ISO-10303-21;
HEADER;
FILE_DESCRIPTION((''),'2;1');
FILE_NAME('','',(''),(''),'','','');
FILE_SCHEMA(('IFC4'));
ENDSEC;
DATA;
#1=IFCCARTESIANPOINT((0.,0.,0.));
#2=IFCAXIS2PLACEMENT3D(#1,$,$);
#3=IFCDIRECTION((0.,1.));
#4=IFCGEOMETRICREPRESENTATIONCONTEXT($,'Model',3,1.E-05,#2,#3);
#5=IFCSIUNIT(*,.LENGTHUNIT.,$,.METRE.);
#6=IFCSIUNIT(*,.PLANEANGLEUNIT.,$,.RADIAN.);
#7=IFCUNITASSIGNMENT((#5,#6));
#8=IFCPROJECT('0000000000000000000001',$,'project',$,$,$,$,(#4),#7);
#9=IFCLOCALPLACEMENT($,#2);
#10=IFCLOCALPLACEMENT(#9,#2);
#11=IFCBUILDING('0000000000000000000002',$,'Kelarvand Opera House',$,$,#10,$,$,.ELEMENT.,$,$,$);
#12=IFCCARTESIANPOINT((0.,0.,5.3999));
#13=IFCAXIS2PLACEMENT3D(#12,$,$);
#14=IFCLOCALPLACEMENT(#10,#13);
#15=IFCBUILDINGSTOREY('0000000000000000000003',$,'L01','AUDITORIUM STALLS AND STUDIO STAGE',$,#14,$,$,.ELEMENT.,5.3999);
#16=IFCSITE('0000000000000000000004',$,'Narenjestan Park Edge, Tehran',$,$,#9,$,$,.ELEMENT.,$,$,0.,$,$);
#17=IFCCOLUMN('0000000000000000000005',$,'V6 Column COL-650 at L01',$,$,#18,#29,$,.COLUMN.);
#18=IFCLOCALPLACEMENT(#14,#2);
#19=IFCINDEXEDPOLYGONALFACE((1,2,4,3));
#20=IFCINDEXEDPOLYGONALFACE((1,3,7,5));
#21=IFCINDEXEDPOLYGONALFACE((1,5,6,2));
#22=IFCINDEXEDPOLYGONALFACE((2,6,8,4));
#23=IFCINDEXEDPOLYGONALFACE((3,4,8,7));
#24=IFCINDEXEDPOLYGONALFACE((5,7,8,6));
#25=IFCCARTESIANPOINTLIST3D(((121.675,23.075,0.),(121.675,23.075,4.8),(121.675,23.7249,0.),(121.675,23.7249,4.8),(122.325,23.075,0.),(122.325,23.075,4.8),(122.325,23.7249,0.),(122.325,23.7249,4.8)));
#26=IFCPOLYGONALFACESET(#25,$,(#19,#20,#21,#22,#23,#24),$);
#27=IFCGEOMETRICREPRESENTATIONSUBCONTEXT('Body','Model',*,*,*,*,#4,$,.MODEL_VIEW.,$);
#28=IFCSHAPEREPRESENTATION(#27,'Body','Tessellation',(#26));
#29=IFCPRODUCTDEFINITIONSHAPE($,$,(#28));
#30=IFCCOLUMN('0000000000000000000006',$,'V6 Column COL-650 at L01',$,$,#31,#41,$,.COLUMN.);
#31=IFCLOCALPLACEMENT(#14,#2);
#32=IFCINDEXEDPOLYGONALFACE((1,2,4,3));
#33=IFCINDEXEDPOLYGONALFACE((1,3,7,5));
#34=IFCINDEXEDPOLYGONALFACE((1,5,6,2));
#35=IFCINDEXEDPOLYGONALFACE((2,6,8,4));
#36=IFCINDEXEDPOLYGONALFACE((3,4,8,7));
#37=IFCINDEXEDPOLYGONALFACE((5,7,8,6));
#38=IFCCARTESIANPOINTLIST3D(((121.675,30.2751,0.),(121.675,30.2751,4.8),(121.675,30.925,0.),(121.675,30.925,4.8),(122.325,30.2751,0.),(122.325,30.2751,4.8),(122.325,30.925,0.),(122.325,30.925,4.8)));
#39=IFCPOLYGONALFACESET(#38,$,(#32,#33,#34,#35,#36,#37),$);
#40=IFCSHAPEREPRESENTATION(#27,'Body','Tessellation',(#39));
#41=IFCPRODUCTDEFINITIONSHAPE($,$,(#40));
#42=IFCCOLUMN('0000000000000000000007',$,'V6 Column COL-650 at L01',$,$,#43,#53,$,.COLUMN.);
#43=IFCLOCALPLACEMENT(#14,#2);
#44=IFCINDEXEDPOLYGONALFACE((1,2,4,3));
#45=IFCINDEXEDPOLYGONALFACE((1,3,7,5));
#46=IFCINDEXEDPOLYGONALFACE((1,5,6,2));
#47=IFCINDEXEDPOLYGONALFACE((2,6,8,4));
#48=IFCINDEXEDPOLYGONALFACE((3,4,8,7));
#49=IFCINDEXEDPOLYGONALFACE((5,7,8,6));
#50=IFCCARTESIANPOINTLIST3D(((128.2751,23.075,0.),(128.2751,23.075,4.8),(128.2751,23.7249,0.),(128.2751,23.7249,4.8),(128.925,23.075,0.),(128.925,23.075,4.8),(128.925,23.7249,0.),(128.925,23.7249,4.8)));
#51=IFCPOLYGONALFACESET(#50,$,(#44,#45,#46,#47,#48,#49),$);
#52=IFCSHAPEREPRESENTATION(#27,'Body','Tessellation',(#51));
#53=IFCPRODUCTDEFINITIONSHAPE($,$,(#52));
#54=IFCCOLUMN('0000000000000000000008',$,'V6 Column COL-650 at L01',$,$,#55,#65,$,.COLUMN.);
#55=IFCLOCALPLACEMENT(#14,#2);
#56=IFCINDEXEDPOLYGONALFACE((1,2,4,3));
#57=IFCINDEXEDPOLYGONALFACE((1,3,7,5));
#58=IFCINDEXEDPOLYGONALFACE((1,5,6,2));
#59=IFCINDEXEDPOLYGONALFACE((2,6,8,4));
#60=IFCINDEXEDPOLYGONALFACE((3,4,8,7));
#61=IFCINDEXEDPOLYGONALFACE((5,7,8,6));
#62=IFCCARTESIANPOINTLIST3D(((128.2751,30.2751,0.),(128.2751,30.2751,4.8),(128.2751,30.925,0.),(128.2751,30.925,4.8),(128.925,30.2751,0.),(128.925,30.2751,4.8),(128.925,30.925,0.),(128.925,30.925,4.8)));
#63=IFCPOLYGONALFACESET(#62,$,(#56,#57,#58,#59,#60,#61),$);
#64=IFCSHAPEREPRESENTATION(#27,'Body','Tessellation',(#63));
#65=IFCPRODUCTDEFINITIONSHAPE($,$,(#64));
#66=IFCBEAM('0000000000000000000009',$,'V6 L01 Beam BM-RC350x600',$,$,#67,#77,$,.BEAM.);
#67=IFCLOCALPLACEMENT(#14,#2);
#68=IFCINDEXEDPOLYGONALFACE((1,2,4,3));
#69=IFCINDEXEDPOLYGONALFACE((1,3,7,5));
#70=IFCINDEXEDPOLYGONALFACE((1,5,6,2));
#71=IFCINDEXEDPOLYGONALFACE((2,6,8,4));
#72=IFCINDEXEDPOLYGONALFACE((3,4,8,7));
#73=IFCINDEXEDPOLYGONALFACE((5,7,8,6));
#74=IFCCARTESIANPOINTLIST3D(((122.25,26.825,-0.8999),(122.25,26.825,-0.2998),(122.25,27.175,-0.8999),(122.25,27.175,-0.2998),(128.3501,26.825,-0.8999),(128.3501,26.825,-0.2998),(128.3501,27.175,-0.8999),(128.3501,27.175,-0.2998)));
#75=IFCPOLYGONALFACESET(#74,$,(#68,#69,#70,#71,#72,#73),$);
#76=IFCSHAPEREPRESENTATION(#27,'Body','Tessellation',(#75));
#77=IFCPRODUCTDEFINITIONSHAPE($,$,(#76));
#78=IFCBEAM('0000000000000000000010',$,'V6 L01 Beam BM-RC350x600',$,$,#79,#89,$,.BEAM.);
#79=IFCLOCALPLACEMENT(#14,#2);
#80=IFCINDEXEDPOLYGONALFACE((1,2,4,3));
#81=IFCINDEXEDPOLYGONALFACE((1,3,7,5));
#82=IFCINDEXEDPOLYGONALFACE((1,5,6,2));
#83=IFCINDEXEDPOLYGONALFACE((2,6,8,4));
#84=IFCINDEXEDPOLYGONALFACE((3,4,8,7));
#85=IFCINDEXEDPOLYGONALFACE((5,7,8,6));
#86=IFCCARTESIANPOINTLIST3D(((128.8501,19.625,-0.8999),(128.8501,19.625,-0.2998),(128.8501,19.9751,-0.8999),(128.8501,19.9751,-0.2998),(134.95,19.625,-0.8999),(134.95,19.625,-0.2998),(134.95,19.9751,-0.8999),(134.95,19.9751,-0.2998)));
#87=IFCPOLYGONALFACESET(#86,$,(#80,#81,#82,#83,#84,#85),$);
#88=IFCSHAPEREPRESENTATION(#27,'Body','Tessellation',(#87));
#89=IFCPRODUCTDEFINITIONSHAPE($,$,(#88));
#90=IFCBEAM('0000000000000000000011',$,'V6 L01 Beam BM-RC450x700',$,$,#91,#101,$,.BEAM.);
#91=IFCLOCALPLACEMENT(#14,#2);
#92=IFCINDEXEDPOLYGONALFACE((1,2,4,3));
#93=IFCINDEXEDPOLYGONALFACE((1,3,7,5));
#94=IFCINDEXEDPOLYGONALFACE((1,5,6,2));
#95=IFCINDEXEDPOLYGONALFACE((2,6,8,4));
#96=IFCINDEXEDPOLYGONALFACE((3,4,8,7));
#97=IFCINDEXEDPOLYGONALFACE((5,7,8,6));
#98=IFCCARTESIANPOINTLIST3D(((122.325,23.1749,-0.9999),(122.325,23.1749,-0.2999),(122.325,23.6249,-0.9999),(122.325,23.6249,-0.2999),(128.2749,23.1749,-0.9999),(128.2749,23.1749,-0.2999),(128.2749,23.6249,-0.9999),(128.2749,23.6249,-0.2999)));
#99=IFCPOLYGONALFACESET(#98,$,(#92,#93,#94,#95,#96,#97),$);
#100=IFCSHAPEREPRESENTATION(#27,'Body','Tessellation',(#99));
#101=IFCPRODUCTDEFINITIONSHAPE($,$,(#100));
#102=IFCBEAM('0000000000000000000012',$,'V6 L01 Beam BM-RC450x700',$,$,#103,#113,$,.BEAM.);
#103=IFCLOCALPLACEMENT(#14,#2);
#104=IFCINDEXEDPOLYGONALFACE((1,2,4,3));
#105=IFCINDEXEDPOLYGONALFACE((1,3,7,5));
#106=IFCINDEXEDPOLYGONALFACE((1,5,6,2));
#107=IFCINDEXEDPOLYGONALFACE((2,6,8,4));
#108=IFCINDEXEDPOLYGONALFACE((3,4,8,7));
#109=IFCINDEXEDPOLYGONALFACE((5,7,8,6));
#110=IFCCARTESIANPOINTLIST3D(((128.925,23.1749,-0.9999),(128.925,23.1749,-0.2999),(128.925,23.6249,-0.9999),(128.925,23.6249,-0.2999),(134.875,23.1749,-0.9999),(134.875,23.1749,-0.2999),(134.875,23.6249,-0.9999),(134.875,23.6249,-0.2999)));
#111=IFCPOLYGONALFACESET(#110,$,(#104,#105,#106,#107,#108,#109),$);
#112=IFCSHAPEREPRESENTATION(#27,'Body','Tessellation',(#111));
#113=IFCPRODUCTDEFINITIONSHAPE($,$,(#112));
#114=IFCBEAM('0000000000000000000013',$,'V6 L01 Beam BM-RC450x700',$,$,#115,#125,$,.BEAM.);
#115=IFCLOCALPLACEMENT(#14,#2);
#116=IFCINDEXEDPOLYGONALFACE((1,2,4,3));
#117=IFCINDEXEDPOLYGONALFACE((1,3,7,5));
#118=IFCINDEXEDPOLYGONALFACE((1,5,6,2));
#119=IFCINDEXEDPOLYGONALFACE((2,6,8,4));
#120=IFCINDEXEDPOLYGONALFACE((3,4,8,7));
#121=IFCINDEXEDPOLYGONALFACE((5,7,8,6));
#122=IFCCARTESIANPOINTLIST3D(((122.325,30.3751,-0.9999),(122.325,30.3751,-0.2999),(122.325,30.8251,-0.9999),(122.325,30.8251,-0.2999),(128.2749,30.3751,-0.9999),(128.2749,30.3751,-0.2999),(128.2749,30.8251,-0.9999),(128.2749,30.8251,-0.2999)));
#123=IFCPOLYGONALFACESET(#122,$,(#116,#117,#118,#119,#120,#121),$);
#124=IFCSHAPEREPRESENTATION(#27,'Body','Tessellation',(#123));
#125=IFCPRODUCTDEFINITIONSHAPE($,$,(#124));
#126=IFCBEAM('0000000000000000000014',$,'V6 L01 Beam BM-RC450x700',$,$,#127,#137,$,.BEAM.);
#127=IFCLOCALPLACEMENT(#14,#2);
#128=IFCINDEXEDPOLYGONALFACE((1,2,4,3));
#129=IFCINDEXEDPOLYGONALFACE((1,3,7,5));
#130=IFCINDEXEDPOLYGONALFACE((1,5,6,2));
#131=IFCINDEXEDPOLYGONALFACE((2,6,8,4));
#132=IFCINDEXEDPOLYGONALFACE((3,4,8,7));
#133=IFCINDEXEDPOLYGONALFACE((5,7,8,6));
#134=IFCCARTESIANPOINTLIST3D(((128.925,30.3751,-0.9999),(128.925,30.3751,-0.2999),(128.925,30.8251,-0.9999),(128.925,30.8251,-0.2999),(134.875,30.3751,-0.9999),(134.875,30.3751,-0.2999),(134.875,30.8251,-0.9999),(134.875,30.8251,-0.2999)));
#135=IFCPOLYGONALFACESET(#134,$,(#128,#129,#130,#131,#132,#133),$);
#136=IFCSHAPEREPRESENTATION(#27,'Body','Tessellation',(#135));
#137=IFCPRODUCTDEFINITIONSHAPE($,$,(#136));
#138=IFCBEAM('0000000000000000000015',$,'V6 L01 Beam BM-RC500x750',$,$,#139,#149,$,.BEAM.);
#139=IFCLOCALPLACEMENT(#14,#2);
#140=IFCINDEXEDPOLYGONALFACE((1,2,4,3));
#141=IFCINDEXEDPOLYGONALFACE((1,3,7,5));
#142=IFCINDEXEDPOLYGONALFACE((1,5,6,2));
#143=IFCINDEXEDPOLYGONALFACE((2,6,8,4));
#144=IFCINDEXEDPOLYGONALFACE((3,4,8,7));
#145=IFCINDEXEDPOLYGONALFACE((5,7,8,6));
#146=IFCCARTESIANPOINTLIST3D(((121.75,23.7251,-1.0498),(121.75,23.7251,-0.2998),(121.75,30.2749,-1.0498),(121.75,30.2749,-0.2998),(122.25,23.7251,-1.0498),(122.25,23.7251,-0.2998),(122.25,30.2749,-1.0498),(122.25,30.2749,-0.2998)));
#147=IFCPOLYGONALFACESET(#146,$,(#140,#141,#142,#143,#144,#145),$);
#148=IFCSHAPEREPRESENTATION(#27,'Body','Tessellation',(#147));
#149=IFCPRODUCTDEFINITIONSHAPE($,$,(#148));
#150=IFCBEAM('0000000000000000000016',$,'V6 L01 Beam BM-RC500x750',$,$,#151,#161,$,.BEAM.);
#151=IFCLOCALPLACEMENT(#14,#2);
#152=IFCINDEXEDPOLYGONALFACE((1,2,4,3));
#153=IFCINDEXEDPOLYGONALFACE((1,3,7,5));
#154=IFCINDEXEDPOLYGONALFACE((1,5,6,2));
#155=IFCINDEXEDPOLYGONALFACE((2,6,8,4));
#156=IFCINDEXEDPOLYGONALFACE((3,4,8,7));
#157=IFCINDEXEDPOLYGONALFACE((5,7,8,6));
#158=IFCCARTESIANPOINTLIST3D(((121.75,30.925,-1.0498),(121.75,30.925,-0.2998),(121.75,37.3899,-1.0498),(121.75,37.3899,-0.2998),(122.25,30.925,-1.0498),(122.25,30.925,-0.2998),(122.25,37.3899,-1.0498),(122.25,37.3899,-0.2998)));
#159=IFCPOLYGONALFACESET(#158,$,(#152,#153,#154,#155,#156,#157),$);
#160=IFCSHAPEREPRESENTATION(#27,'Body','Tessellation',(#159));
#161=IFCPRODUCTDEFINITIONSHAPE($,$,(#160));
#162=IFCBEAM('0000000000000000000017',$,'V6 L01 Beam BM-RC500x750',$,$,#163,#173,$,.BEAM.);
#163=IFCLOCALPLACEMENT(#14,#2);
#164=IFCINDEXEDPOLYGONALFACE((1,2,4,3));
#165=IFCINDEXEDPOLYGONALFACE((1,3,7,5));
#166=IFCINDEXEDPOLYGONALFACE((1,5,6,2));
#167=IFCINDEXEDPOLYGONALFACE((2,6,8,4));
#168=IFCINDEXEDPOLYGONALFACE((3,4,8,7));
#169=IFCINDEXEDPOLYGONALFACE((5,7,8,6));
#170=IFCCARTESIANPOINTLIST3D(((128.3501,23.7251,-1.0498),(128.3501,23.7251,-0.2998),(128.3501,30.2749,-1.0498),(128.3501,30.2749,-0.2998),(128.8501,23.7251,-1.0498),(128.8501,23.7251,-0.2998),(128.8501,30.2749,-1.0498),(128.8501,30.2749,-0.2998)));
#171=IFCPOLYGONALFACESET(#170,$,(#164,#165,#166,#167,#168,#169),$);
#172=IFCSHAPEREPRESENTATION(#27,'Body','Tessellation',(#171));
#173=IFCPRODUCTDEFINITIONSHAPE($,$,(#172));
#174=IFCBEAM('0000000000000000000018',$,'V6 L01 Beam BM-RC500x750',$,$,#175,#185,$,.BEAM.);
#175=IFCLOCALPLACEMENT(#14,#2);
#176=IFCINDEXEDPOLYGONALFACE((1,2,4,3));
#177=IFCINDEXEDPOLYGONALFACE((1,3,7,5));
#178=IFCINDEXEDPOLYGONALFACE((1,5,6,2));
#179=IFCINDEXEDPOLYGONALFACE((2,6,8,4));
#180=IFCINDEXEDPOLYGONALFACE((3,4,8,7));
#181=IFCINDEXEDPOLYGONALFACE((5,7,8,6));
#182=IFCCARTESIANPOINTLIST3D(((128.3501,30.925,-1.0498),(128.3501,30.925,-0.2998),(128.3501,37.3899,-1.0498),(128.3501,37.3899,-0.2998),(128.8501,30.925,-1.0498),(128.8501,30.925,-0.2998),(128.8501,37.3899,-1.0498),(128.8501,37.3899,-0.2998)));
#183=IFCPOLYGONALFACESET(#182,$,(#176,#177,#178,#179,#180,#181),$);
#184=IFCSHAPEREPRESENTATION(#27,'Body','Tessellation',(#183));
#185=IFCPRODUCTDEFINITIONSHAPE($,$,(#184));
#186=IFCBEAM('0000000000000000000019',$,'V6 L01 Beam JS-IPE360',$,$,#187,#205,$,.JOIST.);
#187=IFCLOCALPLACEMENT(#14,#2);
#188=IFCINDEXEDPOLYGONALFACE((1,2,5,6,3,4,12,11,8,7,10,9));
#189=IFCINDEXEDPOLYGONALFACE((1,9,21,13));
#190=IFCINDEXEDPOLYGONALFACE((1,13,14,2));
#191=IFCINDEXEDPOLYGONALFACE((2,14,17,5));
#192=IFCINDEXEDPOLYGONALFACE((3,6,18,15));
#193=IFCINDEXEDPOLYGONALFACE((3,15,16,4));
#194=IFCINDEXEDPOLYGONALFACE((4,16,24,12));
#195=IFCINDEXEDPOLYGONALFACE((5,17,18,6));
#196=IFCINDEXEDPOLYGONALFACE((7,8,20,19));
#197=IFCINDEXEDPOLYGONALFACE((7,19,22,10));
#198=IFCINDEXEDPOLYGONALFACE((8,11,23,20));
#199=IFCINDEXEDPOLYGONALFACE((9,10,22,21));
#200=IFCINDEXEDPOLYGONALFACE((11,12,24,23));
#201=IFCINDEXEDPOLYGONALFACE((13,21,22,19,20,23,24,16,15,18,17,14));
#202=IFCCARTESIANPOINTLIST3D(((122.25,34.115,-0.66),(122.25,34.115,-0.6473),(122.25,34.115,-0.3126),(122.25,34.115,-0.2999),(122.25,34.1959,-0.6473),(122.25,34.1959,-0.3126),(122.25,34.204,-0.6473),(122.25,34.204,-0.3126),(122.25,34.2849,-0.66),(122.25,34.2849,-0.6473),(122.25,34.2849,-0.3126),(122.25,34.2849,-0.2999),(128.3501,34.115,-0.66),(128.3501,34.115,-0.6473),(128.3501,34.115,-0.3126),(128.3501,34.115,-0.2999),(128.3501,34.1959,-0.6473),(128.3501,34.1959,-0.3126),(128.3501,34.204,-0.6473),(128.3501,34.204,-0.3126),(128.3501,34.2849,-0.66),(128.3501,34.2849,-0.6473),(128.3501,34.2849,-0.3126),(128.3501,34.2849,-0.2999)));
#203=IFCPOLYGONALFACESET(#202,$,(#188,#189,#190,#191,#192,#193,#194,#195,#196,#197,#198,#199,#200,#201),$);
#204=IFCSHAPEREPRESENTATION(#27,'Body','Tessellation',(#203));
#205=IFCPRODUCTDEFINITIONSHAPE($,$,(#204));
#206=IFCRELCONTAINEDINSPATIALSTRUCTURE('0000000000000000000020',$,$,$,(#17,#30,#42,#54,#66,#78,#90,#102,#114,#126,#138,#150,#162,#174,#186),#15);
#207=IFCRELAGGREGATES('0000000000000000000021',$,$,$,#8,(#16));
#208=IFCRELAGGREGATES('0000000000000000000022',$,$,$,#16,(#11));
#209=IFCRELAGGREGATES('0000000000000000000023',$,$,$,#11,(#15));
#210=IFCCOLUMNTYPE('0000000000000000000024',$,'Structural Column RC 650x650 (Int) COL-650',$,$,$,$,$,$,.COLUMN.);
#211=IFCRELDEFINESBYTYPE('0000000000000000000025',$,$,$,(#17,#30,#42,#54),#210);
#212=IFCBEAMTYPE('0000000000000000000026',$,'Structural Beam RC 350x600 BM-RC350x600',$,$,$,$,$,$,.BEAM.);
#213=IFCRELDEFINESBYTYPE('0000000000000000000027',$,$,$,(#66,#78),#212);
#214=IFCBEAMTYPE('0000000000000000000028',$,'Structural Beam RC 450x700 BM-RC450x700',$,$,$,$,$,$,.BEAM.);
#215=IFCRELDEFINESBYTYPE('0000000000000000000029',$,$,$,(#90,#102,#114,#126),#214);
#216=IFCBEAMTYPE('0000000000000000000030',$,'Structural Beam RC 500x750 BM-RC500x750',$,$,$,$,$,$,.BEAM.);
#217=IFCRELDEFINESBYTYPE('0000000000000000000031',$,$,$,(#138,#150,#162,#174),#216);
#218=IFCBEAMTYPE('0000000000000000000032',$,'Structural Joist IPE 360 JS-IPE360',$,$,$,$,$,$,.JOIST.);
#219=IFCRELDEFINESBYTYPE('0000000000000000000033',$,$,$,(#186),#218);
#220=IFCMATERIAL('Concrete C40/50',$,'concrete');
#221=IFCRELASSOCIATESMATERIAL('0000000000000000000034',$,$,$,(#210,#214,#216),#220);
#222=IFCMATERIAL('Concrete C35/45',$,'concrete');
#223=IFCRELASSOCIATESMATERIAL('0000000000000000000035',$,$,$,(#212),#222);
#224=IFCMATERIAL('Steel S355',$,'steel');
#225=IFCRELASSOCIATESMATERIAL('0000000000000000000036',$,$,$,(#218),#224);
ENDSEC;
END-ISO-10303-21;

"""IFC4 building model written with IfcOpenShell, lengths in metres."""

from ifc_helpers import new_model, si_unit, direction, frame, origin, origin_2d, place, context, subcontext, project, spatial, rectangle, i_section, extrude, material, material_profile, profile_set, type_object, element, save


model = new_model("IFC4")

# Units and contexts
model_context = context("Model", 3, precision=1e-05, world=origin(), true_north=direction((0.0, 1.0)))
body_context = subcontext(model_context, "Body", "Model", "MODEL_VIEW")
ifc_project = project(units=[si_unit("LENGTHUNIT", "METRE"), si_unit("PLANEANGLEUNIT", "RADIAN")], contexts=[model_context])

# Site, building, storey
site_placement = place(None, origin())
site = spatial("IfcSite", under=ifc_project, at=site_placement, Name="Narenjestan Park Edge, Tehran", CompositionType="ELEMENT", RefElevation=0.0)
building_placement = place(site_placement, origin())
building = spatial("IfcBuilding", under=site, at=building_placement, Name="Kelarvand Opera House", CompositionType="ELEMENT")
storey_placement = place(building_placement, frame((0.0, 0.0, 5.3999)))
storey = spatial("IfcBuildingStorey", under=building, at=storey_placement, Name="L01", Description="AUDITORIUM STALLS AND STUDIO STAGE", CompositionType="ELEMENT", Elevation=5.3999)

# Columns
ifc_material_1 = material(Name="Concrete C40/50", Category="concrete")
ifc_material_profile_1 = material_profile(ifc_material_1, rectangle(XDim=0.6499, YDim=0.6499, at=origin_2d()), Name="RC 650x650", Category="concrete")
ifc_profile_set_1 = profile_set([ifc_material_profile_1], Name="Concrete C40/50")
column_type = type_object("IfcColumnType", Name="Structural Column RC 650x650 (Int) COL-650", PredefinedType="COLUMN", material=ifc_profile_set_1)
for number, where, z_axis, x_axis, name in (
    (1, (122.0, 23.3999, 0.0), (0.0, 0.0, 1.0), (1.0, 0.0, 0.0), "V6 Column COL-650 at L01"),
    (2, (122.0, 30.6001, 0.0), (0.0, 0.0, 1.0), (1.0, 0.0, 0.0), "V6 Column COL-650 at L01"),
    (3, (128.6001, 23.3999, 0.0), (0.0, 0.0, 1.0), (1.0, 0.0, 0.0), "V6 Column COL-650 at L01"),
    (4, (128.6001, 30.6001, 0.0), (0.0, 0.0, 1.0), (1.0, 0.0, 0.0), "V6 Column COL-650 at L01"),
):
    element("IfcColumn", number, at=place(storey_placement, frame(where, z_axis=z_axis, x_axis=x_axis)), inside=storey, type_object=column_type, Name=name, PredefinedType="COLUMN", context=body_context, shape_type="SweptSolid", body=[
        extrude(rectangle(XDim=0.6499, YDim=0.6499, at=origin_2d()), origin(), (0.0, 0.0, 1.0), 4.8),
    ])

# Beams
ifc_material_2 = material(Name="Concrete C35/45", Category="concrete")
ifc_material_profile_2 = material_profile(ifc_material_2, rectangle(XDim=0.3501, YDim=0.6001, at=origin_2d()), Name="RC 350x600", Category="concrete")
ifc_profile_set_2 = profile_set([ifc_material_profile_2], Name="Concrete C35/45")
beam_type_1 = type_object("IfcBeamType", Name="Structural Beam RC 350x600 BM-RC350x600", PredefinedType="BEAM", material=ifc_profile_set_2)
beam_1_placement = place(storey_placement, frame((122.25, 27.0, -0.5999), z_axis=(1.0, 0.0, 0.0), x_axis=(0.0, 1.0, 0.0)))
element("IfcBeam", 5, at=beam_1_placement, inside=storey, type_object=beam_type_1, Name="V6 L01 Beam BM-RC350x600", PredefinedType="BEAM", context=body_context, shape_type="SweptSolid", body=[
    extrude(rectangle(XDim=0.3501, YDim=0.6001, at=origin_2d()), origin(), (0.0, 0.0, 1.0), 6.1001),
])
beam_2_placement = place(storey_placement, frame((128.8501, 19.8, -0.5999), z_axis=(1.0, 0.0, 0.0), x_axis=(0.0, 1.0, 0.0)))
element("IfcBeam", 6, at=beam_2_placement, inside=storey, type_object=beam_type_1, Name="V6 L01 Beam BM-RC350x600", PredefinedType="BEAM", context=body_context, shape_type="SweptSolid", body=[
    extrude(rectangle(XDim=0.3501, YDim=0.6001, at=origin_2d()), origin(), (0.0, 0.0, 1.0), 6.0999),
])
ifc_material_profile_3 = material_profile(ifc_material_1, rectangle(XDim=0.45, YDim=0.7, at=origin_2d()), Name="RC 450x700", Category="concrete")
ifc_profile_set_3 = profile_set([ifc_material_profile_3], Name="Concrete C40/50")
beam_type_2 = type_object("IfcBeamType", Name="Structural Beam RC 450x700 BM-RC450x700", PredefinedType="BEAM", material=ifc_profile_set_3)
for number, where, z_axis, x_axis, name in (
    (7, (122.325, 23.3999, -0.6499), (1.0, 0.0, 0.0), (0.0, 1.0, 0.0), "V6 L01 Beam BM-RC450x700"),
    (8, (128.925, 23.3999, -0.6499), (1.0, 0.0, 0.0), (0.0, 1.0, 0.0), "V6 L01 Beam BM-RC450x700"),
    (9, (122.325, 30.6001, -0.6499), (1.0, 0.0, 0.0), (0.0, 1.0, 0.0), "V6 L01 Beam BM-RC450x700"),
    (10, (128.925, 30.6001, -0.6499), (1.0, 0.0, 0.0), (0.0, 1.0, 0.0), "V6 L01 Beam BM-RC450x700"),
):
    element("IfcBeam", number, at=place(storey_placement, frame(where, z_axis=z_axis, x_axis=x_axis)), inside=storey, type_object=beam_type_2, Name=name, PredefinedType="BEAM", context=body_context, shape_type="SweptSolid", body=[
        extrude(rectangle(XDim=0.45, YDim=0.7, at=origin_2d()), origin(), (0.0, 0.0, 1.0), 5.95),
    ])
ifc_material_profile_4 = material_profile(ifc_material_1, rectangle(XDim=0.5, YDim=0.75, at=origin_2d()), Name="RC 500x750", Category="concrete")
ifc_profile_set_4 = profile_set([ifc_material_profile_4], Name="Concrete C40/50")
beam_type_3 = type_object("IfcBeamType", Name="Structural Beam RC 500x750 BM-RC500x750", PredefinedType="BEAM", material=ifc_profile_set_4)
beam_3_placement = place(storey_placement, frame((122.0, 23.7251, -0.6748), z_axis=(0.0, 1.0, 0.0), x_axis=(-1.0, 0.0, 0.0)))
element("IfcBeam", 11, at=beam_3_placement, inside=storey, type_object=beam_type_3, Name="V6 L01 Beam BM-RC500x750", PredefinedType="BEAM", context=body_context, shape_type="SweptSolid", body=[
    extrude(rectangle(XDim=0.5, YDim=0.75, at=origin_2d()), origin(), (0.0, 0.0, 1.0), 6.5498),
])
beam_4_placement = place(storey_placement, frame((122.0, 30.925, -0.6748), z_axis=(0.0, 1.0, 0.0), x_axis=(-1.0, 0.0, 0.0)))
element("IfcBeam", 12, at=beam_4_placement, inside=storey, type_object=beam_type_3, Name="V6 L01 Beam BM-RC500x750", PredefinedType="BEAM", context=body_context, shape_type="SweptSolid", body=[
    extrude(rectangle(XDim=0.5, YDim=0.75, at=origin_2d()), origin(), (0.0, 0.0, 1.0), 6.4648),
])
beam_5_placement = place(storey_placement, frame((128.6001, 23.7251, -0.6748), z_axis=(0.0, 1.0, 0.0), x_axis=(-1.0, 0.0, 0.0)))
element("IfcBeam", 13, at=beam_5_placement, inside=storey, type_object=beam_type_3, Name="V6 L01 Beam BM-RC500x750", PredefinedType="BEAM", context=body_context, shape_type="SweptSolid", body=[
    extrude(rectangle(XDim=0.5, YDim=0.75, at=origin_2d()), origin(), (0.0, 0.0, 1.0), 6.5498),
])
beam_6_placement = place(storey_placement, frame((128.6001, 30.925, -0.6748), z_axis=(0.0, 1.0, 0.0), x_axis=(-1.0, 0.0, 0.0)))
element("IfcBeam", 14, at=beam_6_placement, inside=storey, type_object=beam_type_3, Name="V6 L01 Beam BM-RC500x750", PredefinedType="BEAM", context=body_context, shape_type="SweptSolid", body=[
    extrude(rectangle(XDim=0.5, YDim=0.75, at=origin_2d()), origin(), (0.0, 0.0, 1.0), 6.4648),
])
ifc_material_3 = material(Name="Steel S355", Category="steel")
ifc_material_profile_5 = material_profile(ifc_material_3, i_section(OverallWidth=0.1699, OverallDepth=0.3601, WebThickness=0.0081, FlangeThickness=0.0127, at=origin_2d()), Name="IPE 360", Category="steel")
ifc_profile_set_5 = profile_set([ifc_material_profile_5], Name="Steel S355")
beam_type_4 = type_object("IfcBeamType", Name="Structural Joist IPE 360 JS-IPE360", PredefinedType="JOIST", material=ifc_profile_set_5)
beam_7_placement = place(storey_placement, frame((122.25, 34.2, -0.48), z_axis=(1.0, 0.0, 0.0), x_axis=(0.0, 1.0, 0.0)))
element("IfcBeam", 15, at=beam_7_placement, inside=storey, type_object=beam_type_4, Name="V6 L01 Beam JS-IPE360", PredefinedType="JOIST", context=body_context, shape_type="SweptSolid", body=[
    extrude(i_section(OverallWidth=0.1699, OverallDepth=0.3601, WebThickness=0.0081, FlangeThickness=0.0127, at=origin_2d()), origin(), (0.0, 0.0, 1.0), 6.1001),
])

save(model, "model.ifc")
